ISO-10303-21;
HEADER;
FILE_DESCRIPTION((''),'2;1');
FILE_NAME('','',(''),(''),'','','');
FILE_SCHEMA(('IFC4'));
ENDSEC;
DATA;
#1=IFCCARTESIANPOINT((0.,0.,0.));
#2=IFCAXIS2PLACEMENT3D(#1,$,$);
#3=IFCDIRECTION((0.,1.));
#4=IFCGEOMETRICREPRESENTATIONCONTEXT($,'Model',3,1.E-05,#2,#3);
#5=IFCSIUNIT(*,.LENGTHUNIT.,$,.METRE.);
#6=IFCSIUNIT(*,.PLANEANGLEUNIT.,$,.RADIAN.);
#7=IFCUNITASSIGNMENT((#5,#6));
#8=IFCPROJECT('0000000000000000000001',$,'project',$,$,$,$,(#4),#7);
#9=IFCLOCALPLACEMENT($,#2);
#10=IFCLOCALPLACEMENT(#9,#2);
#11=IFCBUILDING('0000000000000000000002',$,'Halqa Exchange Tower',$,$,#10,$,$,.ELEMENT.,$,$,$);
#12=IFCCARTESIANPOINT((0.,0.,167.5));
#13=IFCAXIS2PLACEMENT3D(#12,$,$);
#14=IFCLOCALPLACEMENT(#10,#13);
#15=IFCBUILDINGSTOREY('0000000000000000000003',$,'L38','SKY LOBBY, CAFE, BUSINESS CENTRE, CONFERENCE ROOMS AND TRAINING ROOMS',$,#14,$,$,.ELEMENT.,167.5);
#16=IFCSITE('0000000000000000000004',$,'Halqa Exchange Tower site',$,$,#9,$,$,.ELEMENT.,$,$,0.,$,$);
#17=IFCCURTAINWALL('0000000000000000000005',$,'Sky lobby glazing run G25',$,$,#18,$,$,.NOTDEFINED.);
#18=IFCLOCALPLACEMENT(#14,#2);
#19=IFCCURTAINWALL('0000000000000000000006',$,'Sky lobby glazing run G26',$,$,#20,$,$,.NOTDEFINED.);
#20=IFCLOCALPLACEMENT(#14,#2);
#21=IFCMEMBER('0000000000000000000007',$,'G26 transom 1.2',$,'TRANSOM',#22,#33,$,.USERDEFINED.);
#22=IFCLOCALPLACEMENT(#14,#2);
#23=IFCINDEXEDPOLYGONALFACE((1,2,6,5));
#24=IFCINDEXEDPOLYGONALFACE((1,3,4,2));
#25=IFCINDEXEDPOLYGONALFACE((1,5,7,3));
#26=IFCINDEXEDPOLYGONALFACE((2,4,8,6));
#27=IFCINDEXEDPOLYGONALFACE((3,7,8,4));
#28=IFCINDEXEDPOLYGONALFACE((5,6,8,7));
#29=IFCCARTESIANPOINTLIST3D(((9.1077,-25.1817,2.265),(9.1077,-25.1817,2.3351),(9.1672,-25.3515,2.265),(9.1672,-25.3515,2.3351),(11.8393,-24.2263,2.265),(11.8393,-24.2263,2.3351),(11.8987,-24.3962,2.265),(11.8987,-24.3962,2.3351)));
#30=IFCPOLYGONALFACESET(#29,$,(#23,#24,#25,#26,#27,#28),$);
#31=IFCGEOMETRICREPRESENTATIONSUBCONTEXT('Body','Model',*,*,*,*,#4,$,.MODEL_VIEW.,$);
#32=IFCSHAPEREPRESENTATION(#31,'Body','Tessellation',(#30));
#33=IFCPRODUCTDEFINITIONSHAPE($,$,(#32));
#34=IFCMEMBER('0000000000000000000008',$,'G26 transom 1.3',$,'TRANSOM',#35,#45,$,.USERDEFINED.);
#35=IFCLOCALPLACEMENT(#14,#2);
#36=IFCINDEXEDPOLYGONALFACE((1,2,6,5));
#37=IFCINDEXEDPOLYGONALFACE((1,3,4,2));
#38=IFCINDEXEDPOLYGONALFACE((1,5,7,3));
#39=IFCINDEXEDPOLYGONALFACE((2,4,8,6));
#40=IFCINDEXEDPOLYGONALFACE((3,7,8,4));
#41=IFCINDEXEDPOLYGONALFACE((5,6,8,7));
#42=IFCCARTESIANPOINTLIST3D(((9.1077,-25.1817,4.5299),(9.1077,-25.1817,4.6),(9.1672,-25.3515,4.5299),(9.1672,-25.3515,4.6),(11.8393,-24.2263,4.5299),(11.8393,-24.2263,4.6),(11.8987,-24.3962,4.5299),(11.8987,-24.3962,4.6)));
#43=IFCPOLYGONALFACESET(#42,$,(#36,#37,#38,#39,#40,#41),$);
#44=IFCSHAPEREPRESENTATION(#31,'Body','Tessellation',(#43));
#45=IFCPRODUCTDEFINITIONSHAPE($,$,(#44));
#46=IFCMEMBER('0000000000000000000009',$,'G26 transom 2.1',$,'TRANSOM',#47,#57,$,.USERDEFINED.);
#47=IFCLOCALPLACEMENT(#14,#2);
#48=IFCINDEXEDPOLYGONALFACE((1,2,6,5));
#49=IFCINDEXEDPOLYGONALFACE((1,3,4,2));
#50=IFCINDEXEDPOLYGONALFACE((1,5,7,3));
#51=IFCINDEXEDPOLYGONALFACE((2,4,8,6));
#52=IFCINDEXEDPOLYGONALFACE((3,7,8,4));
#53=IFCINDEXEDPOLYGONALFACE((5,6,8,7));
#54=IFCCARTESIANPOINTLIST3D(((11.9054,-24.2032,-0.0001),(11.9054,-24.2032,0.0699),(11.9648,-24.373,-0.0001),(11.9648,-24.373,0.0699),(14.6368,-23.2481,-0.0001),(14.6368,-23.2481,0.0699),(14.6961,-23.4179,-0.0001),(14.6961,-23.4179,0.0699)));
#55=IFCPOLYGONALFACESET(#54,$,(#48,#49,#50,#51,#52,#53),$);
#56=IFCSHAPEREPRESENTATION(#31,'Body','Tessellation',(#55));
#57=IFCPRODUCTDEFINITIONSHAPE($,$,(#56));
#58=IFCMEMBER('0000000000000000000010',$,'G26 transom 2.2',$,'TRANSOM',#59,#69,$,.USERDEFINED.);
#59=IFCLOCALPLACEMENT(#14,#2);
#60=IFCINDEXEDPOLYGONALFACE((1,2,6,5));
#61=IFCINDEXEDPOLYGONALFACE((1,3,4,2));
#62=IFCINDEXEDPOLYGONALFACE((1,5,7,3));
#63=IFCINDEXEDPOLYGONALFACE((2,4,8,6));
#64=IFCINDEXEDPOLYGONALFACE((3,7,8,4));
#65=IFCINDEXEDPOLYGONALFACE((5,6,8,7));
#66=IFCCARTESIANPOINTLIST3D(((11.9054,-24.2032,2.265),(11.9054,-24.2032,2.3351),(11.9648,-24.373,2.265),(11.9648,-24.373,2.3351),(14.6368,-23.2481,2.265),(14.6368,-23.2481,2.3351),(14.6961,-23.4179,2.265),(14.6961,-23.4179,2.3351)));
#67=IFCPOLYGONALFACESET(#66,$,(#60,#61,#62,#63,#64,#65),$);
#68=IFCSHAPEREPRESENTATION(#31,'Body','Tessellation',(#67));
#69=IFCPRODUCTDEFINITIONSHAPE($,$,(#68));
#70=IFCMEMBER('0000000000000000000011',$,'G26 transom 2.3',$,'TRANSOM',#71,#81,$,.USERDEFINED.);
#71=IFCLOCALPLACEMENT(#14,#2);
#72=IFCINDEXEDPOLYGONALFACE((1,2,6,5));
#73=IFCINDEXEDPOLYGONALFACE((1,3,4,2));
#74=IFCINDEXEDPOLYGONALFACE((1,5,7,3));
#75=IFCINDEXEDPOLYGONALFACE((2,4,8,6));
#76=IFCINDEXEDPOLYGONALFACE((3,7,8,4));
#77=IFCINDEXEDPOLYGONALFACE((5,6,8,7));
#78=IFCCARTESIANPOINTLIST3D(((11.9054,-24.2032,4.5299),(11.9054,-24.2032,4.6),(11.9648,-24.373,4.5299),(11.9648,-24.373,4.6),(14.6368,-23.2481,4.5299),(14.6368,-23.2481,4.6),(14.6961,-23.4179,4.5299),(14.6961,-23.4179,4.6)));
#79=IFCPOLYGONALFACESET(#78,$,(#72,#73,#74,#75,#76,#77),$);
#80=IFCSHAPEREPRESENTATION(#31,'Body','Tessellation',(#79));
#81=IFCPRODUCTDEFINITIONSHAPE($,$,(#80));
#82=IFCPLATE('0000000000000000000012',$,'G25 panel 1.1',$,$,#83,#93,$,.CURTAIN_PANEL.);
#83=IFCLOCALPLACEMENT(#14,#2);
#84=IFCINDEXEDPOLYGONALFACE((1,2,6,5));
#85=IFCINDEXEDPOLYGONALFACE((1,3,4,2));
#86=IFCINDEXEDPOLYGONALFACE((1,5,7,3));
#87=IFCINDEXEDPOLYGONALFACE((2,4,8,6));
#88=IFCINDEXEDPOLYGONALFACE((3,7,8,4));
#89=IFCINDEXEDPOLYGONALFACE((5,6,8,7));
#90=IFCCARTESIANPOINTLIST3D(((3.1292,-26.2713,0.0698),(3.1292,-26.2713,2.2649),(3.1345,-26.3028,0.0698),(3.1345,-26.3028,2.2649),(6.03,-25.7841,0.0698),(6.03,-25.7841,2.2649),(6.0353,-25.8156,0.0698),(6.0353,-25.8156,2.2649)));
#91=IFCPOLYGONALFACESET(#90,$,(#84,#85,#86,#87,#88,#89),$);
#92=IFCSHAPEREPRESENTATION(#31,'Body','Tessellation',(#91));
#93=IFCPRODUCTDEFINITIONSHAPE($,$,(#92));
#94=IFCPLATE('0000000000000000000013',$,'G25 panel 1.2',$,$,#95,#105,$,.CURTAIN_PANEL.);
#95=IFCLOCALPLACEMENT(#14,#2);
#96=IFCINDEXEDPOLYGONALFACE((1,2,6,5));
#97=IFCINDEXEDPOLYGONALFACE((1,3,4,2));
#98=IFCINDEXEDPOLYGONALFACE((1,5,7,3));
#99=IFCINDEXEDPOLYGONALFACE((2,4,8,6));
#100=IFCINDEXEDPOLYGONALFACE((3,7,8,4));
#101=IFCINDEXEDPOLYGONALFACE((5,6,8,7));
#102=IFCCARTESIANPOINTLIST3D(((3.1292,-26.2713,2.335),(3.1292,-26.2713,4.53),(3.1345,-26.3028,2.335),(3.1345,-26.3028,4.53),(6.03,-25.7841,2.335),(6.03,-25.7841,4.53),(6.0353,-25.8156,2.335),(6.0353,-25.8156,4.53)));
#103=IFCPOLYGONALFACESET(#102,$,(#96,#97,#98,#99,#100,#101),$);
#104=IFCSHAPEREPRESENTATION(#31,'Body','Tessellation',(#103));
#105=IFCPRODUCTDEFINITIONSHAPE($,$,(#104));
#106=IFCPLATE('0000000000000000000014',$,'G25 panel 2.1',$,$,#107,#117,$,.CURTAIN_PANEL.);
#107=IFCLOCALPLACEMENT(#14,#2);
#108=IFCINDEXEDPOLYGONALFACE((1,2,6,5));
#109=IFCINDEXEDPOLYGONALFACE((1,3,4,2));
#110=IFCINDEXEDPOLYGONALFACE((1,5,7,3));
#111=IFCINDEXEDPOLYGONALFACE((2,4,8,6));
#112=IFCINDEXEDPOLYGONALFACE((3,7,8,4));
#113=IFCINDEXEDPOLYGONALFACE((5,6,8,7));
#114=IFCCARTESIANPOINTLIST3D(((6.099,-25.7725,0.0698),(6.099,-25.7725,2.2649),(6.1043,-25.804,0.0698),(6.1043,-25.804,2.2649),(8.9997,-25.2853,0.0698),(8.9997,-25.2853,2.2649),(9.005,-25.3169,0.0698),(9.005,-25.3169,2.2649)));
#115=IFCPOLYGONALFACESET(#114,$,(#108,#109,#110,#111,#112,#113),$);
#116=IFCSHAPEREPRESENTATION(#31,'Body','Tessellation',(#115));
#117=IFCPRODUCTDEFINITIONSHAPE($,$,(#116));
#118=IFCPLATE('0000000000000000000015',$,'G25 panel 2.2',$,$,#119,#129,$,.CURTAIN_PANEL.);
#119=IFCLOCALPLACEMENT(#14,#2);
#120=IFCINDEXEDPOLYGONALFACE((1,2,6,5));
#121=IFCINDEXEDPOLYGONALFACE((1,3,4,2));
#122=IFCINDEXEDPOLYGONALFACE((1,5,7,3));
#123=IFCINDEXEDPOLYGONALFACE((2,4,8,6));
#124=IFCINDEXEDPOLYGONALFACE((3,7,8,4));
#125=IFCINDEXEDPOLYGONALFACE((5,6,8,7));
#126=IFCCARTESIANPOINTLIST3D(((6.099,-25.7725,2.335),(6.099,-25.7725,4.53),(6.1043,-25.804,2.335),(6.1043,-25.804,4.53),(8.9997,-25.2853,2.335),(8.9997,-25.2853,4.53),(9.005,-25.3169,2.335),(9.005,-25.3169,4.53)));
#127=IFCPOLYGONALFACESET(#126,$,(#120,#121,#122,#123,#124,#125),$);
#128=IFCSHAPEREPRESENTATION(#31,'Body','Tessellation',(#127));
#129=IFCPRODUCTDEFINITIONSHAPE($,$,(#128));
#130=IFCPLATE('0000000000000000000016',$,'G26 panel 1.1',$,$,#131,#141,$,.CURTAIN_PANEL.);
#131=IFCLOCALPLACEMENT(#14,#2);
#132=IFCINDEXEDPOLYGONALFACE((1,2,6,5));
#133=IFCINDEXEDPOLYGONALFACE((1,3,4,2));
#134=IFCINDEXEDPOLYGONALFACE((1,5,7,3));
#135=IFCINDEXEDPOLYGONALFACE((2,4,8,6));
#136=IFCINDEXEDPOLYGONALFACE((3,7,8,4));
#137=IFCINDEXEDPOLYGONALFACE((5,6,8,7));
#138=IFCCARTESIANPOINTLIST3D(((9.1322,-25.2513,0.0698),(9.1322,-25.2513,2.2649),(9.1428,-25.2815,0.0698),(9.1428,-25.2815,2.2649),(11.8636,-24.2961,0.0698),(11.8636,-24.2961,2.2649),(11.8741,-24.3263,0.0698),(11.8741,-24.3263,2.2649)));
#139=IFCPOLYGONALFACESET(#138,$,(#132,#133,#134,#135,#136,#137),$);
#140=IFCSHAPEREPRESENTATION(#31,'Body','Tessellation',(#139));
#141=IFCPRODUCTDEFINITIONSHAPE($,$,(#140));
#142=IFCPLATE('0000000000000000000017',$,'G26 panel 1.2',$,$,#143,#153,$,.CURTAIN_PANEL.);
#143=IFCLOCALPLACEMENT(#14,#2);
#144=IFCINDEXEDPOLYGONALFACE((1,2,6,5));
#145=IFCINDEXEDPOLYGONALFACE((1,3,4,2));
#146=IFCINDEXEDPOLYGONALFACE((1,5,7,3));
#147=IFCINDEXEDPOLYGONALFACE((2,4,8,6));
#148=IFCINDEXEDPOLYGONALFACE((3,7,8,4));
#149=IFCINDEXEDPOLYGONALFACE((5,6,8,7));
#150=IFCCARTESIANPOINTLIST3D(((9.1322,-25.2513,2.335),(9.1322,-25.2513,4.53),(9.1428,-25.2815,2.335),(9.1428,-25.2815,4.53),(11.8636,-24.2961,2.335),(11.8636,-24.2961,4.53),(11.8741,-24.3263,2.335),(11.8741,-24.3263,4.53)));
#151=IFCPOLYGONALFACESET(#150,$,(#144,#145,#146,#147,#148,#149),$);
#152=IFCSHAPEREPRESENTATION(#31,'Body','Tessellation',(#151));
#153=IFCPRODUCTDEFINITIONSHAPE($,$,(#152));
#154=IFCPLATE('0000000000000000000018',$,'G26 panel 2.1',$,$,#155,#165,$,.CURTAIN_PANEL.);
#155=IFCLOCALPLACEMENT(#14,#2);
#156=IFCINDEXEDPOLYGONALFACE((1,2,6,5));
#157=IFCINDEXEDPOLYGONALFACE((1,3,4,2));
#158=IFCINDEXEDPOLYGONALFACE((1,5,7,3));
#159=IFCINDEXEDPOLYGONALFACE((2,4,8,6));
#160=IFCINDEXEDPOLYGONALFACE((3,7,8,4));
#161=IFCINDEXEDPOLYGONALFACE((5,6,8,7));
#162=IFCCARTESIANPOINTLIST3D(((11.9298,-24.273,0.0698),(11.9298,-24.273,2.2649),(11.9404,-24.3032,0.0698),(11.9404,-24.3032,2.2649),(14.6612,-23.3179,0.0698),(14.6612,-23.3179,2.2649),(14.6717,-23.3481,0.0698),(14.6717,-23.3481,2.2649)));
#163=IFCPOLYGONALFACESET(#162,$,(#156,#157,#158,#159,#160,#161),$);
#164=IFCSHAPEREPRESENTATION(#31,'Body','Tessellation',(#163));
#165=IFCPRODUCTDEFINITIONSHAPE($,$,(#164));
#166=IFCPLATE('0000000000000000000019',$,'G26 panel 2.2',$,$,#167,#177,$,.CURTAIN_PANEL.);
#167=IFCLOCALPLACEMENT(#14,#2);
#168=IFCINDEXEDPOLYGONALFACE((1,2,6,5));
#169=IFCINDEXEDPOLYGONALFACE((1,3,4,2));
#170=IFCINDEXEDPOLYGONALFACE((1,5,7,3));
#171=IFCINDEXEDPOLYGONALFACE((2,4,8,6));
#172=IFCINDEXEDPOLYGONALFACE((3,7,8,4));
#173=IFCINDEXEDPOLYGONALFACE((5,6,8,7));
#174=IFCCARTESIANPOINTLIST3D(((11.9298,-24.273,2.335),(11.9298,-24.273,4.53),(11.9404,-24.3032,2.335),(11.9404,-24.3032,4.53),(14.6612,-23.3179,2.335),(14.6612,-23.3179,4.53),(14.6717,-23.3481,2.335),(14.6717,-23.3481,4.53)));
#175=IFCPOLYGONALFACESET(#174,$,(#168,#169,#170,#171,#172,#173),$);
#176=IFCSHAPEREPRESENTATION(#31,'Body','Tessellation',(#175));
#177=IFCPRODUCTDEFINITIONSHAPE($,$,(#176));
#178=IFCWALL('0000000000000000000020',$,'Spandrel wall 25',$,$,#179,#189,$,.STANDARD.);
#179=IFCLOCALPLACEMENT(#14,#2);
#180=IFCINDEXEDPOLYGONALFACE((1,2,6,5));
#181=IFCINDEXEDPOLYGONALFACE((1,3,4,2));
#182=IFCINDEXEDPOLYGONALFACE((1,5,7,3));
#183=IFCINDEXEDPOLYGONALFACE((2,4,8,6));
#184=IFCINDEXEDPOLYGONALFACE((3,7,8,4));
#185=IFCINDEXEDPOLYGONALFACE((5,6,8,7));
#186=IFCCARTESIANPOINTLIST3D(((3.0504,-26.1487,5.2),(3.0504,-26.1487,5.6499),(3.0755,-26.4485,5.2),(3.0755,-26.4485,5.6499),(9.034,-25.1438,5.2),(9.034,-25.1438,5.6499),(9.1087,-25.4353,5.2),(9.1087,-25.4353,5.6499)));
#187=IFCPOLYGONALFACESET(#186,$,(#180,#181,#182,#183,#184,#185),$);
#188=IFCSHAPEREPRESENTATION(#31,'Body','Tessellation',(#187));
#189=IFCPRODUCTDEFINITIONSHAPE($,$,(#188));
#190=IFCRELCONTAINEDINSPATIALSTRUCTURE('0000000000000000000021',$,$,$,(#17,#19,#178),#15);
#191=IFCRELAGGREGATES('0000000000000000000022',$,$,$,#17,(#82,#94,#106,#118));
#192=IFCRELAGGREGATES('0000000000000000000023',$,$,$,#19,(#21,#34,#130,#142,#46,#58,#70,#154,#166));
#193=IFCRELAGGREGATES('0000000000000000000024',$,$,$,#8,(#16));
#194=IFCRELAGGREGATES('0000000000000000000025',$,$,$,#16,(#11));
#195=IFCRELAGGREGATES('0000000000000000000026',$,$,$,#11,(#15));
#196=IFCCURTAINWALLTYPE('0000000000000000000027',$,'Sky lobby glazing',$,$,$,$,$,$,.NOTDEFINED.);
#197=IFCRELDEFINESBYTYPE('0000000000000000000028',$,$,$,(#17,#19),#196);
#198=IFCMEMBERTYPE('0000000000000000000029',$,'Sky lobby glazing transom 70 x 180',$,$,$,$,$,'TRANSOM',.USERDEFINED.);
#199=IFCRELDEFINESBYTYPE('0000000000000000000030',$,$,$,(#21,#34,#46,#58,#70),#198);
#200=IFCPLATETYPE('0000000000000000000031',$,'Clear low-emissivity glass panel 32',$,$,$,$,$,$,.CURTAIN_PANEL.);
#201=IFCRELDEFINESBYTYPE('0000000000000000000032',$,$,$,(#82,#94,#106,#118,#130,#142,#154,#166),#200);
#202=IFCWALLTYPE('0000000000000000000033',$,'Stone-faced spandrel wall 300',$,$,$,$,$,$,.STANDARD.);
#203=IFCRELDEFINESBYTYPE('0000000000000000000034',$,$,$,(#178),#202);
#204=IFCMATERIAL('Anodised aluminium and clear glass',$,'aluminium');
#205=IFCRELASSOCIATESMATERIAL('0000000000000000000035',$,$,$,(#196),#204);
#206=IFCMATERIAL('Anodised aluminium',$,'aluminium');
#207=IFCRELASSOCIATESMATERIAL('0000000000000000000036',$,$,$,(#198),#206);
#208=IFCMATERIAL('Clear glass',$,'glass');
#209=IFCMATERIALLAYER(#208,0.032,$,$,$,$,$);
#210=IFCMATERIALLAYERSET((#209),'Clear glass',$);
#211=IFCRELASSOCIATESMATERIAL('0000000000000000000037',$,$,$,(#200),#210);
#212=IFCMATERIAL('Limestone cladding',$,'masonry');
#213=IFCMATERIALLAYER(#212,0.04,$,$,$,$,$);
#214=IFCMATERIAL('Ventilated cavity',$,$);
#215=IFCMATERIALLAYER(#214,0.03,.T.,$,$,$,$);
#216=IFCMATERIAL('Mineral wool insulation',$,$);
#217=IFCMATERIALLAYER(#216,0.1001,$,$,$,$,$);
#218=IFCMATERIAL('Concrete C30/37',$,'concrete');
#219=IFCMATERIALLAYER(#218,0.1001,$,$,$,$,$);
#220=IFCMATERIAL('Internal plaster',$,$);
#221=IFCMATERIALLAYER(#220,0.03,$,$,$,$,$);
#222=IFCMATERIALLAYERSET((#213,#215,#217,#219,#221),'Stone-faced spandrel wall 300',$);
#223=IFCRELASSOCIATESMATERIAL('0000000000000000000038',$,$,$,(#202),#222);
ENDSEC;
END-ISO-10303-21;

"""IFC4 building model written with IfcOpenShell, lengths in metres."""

from ifc_helpers import new_model, si_unit, direction, frame, origin, origin_2d, place, context, subcontext, project, spatial, polyline, rectangle, outline, extrude, material, layer, layer_set, material_profile, profile_set, type_object, element, aggregate, save


model = new_model("IFC4")

# Units and contexts
model_context = context("Model", 3, precision=1e-05, world=origin(), true_north=direction((0.0, 1.0)))
body_context = subcontext(model_context, "Body", "Model", "MODEL_VIEW")
ifc_project = project(units=[si_unit("LENGTHUNIT", "METRE"), si_unit("PLANEANGLEUNIT", "RADIAN")], contexts=[model_context])

# Site, building, storey
site_placement = place(None, origin())
site = spatial("IfcSite", under=ifc_project, at=site_placement, Name="Halqa Exchange Tower site", CompositionType="ELEMENT", RefElevation=0.0)
building_placement = place(site_placement, origin())
building = spatial("IfcBuilding", under=site, at=building_placement, Name="Halqa Exchange Tower", CompositionType="ELEMENT")
storey_placement = place(building_placement, frame((0.0, 0.0, 167.5)))
storey = spatial("IfcBuildingStorey", under=building, at=storey_placement, Name="L38", Description="SKY LOBBY, CAFE, BUSINESS CENTRE, CONFERENCE ROOMS AND TRAINING ROOMS", CompositionType="ELEMENT", Elevation=167.5)

# Curtain walls
ifc_material_1 = material(Name="Anodised aluminium and clear glass", Category="aluminium")
curtain_wall_type = type_object("IfcCurtainWallType", Name="Sky lobby glazing", PredefinedType="NOTDEFINED", material=ifc_material_1)
curtain_wall_1_placement = place(storey_placement, origin())
curtain_wall_1 = element("IfcCurtainWall", 1, at=curtain_wall_1_placement, inside=storey, type_object=curtain_wall_type, Name="Sky lobby glazing run G25", PredefinedType="NOTDEFINED")
ifc_material_2 = material(Name="Anodised aluminium", Category="aluminium")
curtain_wall_2_placement = place(storey_placement, origin())
curtain_wall_2 = element("IfcCurtainWall", 2, at=curtain_wall_2_placement, inside=storey, type_object=curtain_wall_type, Name="Sky lobby glazing run G26", PredefinedType="NOTDEFINED")

# Members
ifc_material_profile_1 = material_profile(ifc_material_2, rectangle(XDim=0.1799, YDim=0.0701, at=origin_2d()), Name="AL 70x180")
ifc_profile_set_1 = profile_set([ifc_material_profile_1], Name="Anodised aluminium")
member_type_1 = type_object("IfcMemberType", Name="Sky lobby glazing transom 70 x 180", ElementType="TRANSOM", PredefinedType="USERDEFINED", material=ifc_profile_set_1)
member_1_placement = place(storey_placement, frame((9.1375, -25.2666, 2.3), z_axis=(0.943932, 0.33014, 0.0), x_axis=(-0.33014, 0.943932, 0.0)))
member_1 = element("IfcMember", 3, at=member_1_placement, type_object=member_type_1, Name="G26 transom 1.2", ObjectType="TRANSOM", PredefinedType="USERDEFINED", context=body_context, shape_type="SweptSolid", body=[
    extrude(rectangle(XDim=0.1799, YDim=0.0701, at=origin_2d()), origin(), (0.0, 0.0, 1.0), 2.8938),
])
member_2_placement = place(storey_placement, frame((9.1375, -25.2666, 4.5649), z_axis=(0.943932, 0.33014, 0.0), x_axis=(-0.33014, 0.943932, 0.0)))
member_2 = element("IfcMember", 4, at=member_2_placement, type_object=member_type_1, Name="G26 transom 1.3", ObjectType="TRANSOM", PredefinedType="USERDEFINED", context=body_context, shape_type="SweptSolid", body=[
    extrude(rectangle(XDim=0.1799, YDim=0.0701, at=origin_2d()), origin(), (0.0, 0.0, 1.0), 2.8938),
])
member_3_placement = place(storey_placement, frame((11.9351, -24.2881, 0.0349), z_axis=(0.943958, 0.330065, 0.0), x_axis=(-0.330065, 0.943958, 0.0)))
member_3 = element("IfcMember", 5, at=member_3_placement, type_object=member_type_1, Name="G26 transom 2.1", ObjectType="TRANSOM", PredefinedType="USERDEFINED", context=body_context, shape_type="SweptSolid", body=[
    extrude(rectangle(XDim=0.1799, YDim=0.0701, at=origin_2d()), origin(), (0.0, 0.0, 1.0), 2.8936),
])
member_4_placement = place(storey_placement, frame((11.9351, -24.2881, 2.3), z_axis=(0.943958, 0.330065, 0.0), x_axis=(-0.330065, 0.943958, 0.0)))
member_4 = element("IfcMember", 6, at=member_4_placement, type_object=member_type_1, Name="G26 transom 2.2", ObjectType="TRANSOM", PredefinedType="USERDEFINED", context=body_context, shape_type="SweptSolid", body=[
    extrude(rectangle(XDim=0.1799, YDim=0.0701, at=origin_2d()), origin(), (0.0, 0.0, 1.0), 2.8936),
])
member_5_placement = place(storey_placement, frame((11.9351, -24.2881, 4.5649), z_axis=(0.943958, 0.330065, 0.0), x_axis=(-0.330065, 0.943958, 0.0)))
member_5 = element("IfcMember", 7, at=member_5_placement, type_object=member_type_1, Name="G26 transom 2.3", ObjectType="TRANSOM", PredefinedType="USERDEFINED", context=body_context, shape_type="SweptSolid", body=[
    extrude(rectangle(XDim=0.1799, YDim=0.0701, at=origin_2d()), origin(), (0.0, 0.0, 1.0), 2.8936),
])

# Plates
ifc_material_3 = material(Name="Clear glass", Category="glass")
ifc_layer_1 = layer(ifc_material_3, 0.032)
ifc_layer_set_1 = layer_set([ifc_layer_1], Name="Clear glass")
plate_type = type_object("IfcPlateType", Name="Clear low-emissivity glass panel 32", PredefinedType="CURTAIN_PANEL", material=ifc_layer_set_1)
plate_1_placement = place(storey_placement, frame((4.5823, -26.0435, 0.0698), z_axis=(0.0, 0.0, 1.0), x_axis=(0.986189, 0.165626, 0.0)))
plate_1 = element("IfcPlate", 8, at=plate_1_placement, type_object=plate_type, Name="G25 panel 1.1", PredefinedType="CURTAIN_PANEL", context=body_context, shape_type="SweptSolid", body=[
    extrude(rectangle(XDim=2.9414, YDim=0.032, at=origin_2d()), origin(), (0.0, 0.0, 1.0), 2.1951),
])
plate_2_placement = place(storey_placement, frame((4.5823, -26.0435, 2.335), z_axis=(0.0, 0.0, 1.0), x_axis=(0.986189, 0.165626, 0.0)))
plate_2 = element("IfcPlate", 9, at=plate_2_placement, type_object=plate_type, Name="G25 panel 1.2", PredefinedType="CURTAIN_PANEL", context=body_context, shape_type="SweptSolid", body=[
    extrude(rectangle(XDim=2.9414, YDim=0.032, at=origin_2d()), origin(), (0.0, 0.0, 1.0), 2.1951),
])
plate_3_placement = place(storey_placement, frame((7.552, -25.5447, 0.0698), z_axis=(0.0, 0.0, 1.0), x_axis=(0.986189, 0.165626, 0.0)))
plate_3 = element("IfcPlate", 10, at=plate_3_placement, type_object=plate_type, Name="G25 panel 2.1", PredefinedType="CURTAIN_PANEL", context=body_context, shape_type="SweptSolid", body=[
    extrude(rectangle(XDim=2.9414, YDim=0.032, at=origin_2d()), origin(), (0.0, 0.0, 1.0), 2.1951),
])
plate_4_placement = place(storey_placement, frame((7.552, -25.5447, 2.335), z_axis=(0.0, 0.0, 1.0), x_axis=(0.986189, 0.165626, 0.0)))
plate_4 = element("IfcPlate", 11, at=plate_4_placement, type_object=plate_type, Name="G25 panel 2.2", PredefinedType="CURTAIN_PANEL", context=body_context, shape_type="SweptSolid", body=[
    extrude(rectangle(XDim=2.9414, YDim=0.032, at=origin_2d()), origin(), (0.0, 0.0, 1.0), 2.1951),
])
aggregate(curtain_wall_1, [plate_1, plate_2, plate_3, plate_4])
plate_5_placement = place(storey_placement, frame((10.5032, -24.7888, 0.0698), z_axis=(0.0, 0.0, 1.0), x_axis=(0.943946, 0.3301, 0.0)))
plate_5 = element("IfcPlate", 12, at=plate_5_placement, type_object=plate_type, Name="G26 panel 1.1", PredefinedType="CURTAIN_PANEL", context=body_context, shape_type="SweptSolid", body=[
    extrude(rectangle(XDim=2.8936, YDim=0.032, at=origin_2d()), origin(), (0.0, 0.0, 1.0), 2.1951),
])
plate_6_placement = place(storey_placement, frame((10.5032, -24.7888, 2.335), z_axis=(0.0, 0.0, 1.0), x_axis=(0.943946, 0.3301, 0.0)))
plate_6 = element("IfcPlate", 13, at=plate_6_placement, type_object=plate_type, Name="G26 panel 1.2", PredefinedType="CURTAIN_PANEL", context=body_context, shape_type="SweptSolid", body=[
    extrude(rectangle(XDim=2.8936, YDim=0.032, at=origin_2d()), origin(), (0.0, 0.0, 1.0), 2.1951),
])
plate_7_placement = place(storey_placement, frame((13.3008, -23.8105, 0.0698), z_axis=(0.0, 0.0, 1.0), x_axis=(0.943946, 0.3301, 0.0)))
plate_7 = element("IfcPlate", 14, at=plate_7_placement, type_object=plate_type, Name="G26 panel 2.1", PredefinedType="CURTAIN_PANEL", context=body_context, shape_type="SweptSolid", body=[
    extrude(rectangle(XDim=2.8936, YDim=0.032, at=origin_2d()), origin(), (0.0, 0.0, 1.0), 2.1951),
])
plate_8_placement = place(storey_placement, frame((13.3008, -23.8105, 2.335), z_axis=(0.0, 0.0, 1.0), x_axis=(0.943946, 0.3301, 0.0)))
plate_8 = element("IfcPlate", 15, at=plate_8_placement, type_object=plate_type, Name="G26 panel 2.2", PredefinedType="CURTAIN_PANEL", context=body_context, shape_type="SweptSolid", body=[
    extrude(rectangle(XDim=2.8936, YDim=0.032, at=origin_2d()), origin(), (0.0, 0.0, 1.0), 2.1951),
])
aggregate(curtain_wall_2, [member_1, member_2, plate_5, plate_6, member_3, member_4, member_5, plate_7, plate_8])

# Wall
ifc_material_4 = material(Name="Limestone cladding", Category="masonry")
ifc_layer_2 = layer(ifc_material_4, 0.04)
ifc_material_5 = material(Name="Ventilated cavity")
ifc_layer_3 = layer(ifc_material_5, 0.03, ventilated=True)
ifc_material_6 = material(Name="Mineral wool insulation")
ifc_layer_4 = layer(ifc_material_6, 0.1001)
ifc_material_7 = material(Name="Concrete C30/37", Category="concrete")
ifc_layer_5 = layer(ifc_material_7, 0.1001)
ifc_material_8 = material(Name="Internal plaster")
ifc_layer_6 = layer(ifc_material_8, 0.03)
ifc_layer_set_2 = layer_set([ifc_layer_2, ifc_layer_3, ifc_layer_4, ifc_layer_5, ifc_layer_6], Name="Stone-faced spandrel wall 300")
wall_type = type_object("IfcWallType", Name="Stone-faced spandrel wall 300", PredefinedType="STANDARD", material=ifc_layer_set_2)
wall_1_placement = place(storey_placement, frame((3.063, -26.2986, 5.2), z_axis=(0.0, 0.0, 1.0), x_axis=(0.98619, 0.165621, 0.0)))
element("IfcWall", 16, at=wall_1_placement, inside=storey, type_object=wall_type, Name="Spandrel wall 25", PredefinedType="STANDARD", context=body_context, shape_type="SweptSolid", body=[
    extrude(outline(polyline([(-0.0125, -0.1499), (6.1052, -0.1499), (6.0798, 0.1499), (0.0125, 0.1499), (-0.0125, -0.1499)])), origin(), (0.0, 0.0, 1.0), 0.45),
])

save(model, "model.ifc")
